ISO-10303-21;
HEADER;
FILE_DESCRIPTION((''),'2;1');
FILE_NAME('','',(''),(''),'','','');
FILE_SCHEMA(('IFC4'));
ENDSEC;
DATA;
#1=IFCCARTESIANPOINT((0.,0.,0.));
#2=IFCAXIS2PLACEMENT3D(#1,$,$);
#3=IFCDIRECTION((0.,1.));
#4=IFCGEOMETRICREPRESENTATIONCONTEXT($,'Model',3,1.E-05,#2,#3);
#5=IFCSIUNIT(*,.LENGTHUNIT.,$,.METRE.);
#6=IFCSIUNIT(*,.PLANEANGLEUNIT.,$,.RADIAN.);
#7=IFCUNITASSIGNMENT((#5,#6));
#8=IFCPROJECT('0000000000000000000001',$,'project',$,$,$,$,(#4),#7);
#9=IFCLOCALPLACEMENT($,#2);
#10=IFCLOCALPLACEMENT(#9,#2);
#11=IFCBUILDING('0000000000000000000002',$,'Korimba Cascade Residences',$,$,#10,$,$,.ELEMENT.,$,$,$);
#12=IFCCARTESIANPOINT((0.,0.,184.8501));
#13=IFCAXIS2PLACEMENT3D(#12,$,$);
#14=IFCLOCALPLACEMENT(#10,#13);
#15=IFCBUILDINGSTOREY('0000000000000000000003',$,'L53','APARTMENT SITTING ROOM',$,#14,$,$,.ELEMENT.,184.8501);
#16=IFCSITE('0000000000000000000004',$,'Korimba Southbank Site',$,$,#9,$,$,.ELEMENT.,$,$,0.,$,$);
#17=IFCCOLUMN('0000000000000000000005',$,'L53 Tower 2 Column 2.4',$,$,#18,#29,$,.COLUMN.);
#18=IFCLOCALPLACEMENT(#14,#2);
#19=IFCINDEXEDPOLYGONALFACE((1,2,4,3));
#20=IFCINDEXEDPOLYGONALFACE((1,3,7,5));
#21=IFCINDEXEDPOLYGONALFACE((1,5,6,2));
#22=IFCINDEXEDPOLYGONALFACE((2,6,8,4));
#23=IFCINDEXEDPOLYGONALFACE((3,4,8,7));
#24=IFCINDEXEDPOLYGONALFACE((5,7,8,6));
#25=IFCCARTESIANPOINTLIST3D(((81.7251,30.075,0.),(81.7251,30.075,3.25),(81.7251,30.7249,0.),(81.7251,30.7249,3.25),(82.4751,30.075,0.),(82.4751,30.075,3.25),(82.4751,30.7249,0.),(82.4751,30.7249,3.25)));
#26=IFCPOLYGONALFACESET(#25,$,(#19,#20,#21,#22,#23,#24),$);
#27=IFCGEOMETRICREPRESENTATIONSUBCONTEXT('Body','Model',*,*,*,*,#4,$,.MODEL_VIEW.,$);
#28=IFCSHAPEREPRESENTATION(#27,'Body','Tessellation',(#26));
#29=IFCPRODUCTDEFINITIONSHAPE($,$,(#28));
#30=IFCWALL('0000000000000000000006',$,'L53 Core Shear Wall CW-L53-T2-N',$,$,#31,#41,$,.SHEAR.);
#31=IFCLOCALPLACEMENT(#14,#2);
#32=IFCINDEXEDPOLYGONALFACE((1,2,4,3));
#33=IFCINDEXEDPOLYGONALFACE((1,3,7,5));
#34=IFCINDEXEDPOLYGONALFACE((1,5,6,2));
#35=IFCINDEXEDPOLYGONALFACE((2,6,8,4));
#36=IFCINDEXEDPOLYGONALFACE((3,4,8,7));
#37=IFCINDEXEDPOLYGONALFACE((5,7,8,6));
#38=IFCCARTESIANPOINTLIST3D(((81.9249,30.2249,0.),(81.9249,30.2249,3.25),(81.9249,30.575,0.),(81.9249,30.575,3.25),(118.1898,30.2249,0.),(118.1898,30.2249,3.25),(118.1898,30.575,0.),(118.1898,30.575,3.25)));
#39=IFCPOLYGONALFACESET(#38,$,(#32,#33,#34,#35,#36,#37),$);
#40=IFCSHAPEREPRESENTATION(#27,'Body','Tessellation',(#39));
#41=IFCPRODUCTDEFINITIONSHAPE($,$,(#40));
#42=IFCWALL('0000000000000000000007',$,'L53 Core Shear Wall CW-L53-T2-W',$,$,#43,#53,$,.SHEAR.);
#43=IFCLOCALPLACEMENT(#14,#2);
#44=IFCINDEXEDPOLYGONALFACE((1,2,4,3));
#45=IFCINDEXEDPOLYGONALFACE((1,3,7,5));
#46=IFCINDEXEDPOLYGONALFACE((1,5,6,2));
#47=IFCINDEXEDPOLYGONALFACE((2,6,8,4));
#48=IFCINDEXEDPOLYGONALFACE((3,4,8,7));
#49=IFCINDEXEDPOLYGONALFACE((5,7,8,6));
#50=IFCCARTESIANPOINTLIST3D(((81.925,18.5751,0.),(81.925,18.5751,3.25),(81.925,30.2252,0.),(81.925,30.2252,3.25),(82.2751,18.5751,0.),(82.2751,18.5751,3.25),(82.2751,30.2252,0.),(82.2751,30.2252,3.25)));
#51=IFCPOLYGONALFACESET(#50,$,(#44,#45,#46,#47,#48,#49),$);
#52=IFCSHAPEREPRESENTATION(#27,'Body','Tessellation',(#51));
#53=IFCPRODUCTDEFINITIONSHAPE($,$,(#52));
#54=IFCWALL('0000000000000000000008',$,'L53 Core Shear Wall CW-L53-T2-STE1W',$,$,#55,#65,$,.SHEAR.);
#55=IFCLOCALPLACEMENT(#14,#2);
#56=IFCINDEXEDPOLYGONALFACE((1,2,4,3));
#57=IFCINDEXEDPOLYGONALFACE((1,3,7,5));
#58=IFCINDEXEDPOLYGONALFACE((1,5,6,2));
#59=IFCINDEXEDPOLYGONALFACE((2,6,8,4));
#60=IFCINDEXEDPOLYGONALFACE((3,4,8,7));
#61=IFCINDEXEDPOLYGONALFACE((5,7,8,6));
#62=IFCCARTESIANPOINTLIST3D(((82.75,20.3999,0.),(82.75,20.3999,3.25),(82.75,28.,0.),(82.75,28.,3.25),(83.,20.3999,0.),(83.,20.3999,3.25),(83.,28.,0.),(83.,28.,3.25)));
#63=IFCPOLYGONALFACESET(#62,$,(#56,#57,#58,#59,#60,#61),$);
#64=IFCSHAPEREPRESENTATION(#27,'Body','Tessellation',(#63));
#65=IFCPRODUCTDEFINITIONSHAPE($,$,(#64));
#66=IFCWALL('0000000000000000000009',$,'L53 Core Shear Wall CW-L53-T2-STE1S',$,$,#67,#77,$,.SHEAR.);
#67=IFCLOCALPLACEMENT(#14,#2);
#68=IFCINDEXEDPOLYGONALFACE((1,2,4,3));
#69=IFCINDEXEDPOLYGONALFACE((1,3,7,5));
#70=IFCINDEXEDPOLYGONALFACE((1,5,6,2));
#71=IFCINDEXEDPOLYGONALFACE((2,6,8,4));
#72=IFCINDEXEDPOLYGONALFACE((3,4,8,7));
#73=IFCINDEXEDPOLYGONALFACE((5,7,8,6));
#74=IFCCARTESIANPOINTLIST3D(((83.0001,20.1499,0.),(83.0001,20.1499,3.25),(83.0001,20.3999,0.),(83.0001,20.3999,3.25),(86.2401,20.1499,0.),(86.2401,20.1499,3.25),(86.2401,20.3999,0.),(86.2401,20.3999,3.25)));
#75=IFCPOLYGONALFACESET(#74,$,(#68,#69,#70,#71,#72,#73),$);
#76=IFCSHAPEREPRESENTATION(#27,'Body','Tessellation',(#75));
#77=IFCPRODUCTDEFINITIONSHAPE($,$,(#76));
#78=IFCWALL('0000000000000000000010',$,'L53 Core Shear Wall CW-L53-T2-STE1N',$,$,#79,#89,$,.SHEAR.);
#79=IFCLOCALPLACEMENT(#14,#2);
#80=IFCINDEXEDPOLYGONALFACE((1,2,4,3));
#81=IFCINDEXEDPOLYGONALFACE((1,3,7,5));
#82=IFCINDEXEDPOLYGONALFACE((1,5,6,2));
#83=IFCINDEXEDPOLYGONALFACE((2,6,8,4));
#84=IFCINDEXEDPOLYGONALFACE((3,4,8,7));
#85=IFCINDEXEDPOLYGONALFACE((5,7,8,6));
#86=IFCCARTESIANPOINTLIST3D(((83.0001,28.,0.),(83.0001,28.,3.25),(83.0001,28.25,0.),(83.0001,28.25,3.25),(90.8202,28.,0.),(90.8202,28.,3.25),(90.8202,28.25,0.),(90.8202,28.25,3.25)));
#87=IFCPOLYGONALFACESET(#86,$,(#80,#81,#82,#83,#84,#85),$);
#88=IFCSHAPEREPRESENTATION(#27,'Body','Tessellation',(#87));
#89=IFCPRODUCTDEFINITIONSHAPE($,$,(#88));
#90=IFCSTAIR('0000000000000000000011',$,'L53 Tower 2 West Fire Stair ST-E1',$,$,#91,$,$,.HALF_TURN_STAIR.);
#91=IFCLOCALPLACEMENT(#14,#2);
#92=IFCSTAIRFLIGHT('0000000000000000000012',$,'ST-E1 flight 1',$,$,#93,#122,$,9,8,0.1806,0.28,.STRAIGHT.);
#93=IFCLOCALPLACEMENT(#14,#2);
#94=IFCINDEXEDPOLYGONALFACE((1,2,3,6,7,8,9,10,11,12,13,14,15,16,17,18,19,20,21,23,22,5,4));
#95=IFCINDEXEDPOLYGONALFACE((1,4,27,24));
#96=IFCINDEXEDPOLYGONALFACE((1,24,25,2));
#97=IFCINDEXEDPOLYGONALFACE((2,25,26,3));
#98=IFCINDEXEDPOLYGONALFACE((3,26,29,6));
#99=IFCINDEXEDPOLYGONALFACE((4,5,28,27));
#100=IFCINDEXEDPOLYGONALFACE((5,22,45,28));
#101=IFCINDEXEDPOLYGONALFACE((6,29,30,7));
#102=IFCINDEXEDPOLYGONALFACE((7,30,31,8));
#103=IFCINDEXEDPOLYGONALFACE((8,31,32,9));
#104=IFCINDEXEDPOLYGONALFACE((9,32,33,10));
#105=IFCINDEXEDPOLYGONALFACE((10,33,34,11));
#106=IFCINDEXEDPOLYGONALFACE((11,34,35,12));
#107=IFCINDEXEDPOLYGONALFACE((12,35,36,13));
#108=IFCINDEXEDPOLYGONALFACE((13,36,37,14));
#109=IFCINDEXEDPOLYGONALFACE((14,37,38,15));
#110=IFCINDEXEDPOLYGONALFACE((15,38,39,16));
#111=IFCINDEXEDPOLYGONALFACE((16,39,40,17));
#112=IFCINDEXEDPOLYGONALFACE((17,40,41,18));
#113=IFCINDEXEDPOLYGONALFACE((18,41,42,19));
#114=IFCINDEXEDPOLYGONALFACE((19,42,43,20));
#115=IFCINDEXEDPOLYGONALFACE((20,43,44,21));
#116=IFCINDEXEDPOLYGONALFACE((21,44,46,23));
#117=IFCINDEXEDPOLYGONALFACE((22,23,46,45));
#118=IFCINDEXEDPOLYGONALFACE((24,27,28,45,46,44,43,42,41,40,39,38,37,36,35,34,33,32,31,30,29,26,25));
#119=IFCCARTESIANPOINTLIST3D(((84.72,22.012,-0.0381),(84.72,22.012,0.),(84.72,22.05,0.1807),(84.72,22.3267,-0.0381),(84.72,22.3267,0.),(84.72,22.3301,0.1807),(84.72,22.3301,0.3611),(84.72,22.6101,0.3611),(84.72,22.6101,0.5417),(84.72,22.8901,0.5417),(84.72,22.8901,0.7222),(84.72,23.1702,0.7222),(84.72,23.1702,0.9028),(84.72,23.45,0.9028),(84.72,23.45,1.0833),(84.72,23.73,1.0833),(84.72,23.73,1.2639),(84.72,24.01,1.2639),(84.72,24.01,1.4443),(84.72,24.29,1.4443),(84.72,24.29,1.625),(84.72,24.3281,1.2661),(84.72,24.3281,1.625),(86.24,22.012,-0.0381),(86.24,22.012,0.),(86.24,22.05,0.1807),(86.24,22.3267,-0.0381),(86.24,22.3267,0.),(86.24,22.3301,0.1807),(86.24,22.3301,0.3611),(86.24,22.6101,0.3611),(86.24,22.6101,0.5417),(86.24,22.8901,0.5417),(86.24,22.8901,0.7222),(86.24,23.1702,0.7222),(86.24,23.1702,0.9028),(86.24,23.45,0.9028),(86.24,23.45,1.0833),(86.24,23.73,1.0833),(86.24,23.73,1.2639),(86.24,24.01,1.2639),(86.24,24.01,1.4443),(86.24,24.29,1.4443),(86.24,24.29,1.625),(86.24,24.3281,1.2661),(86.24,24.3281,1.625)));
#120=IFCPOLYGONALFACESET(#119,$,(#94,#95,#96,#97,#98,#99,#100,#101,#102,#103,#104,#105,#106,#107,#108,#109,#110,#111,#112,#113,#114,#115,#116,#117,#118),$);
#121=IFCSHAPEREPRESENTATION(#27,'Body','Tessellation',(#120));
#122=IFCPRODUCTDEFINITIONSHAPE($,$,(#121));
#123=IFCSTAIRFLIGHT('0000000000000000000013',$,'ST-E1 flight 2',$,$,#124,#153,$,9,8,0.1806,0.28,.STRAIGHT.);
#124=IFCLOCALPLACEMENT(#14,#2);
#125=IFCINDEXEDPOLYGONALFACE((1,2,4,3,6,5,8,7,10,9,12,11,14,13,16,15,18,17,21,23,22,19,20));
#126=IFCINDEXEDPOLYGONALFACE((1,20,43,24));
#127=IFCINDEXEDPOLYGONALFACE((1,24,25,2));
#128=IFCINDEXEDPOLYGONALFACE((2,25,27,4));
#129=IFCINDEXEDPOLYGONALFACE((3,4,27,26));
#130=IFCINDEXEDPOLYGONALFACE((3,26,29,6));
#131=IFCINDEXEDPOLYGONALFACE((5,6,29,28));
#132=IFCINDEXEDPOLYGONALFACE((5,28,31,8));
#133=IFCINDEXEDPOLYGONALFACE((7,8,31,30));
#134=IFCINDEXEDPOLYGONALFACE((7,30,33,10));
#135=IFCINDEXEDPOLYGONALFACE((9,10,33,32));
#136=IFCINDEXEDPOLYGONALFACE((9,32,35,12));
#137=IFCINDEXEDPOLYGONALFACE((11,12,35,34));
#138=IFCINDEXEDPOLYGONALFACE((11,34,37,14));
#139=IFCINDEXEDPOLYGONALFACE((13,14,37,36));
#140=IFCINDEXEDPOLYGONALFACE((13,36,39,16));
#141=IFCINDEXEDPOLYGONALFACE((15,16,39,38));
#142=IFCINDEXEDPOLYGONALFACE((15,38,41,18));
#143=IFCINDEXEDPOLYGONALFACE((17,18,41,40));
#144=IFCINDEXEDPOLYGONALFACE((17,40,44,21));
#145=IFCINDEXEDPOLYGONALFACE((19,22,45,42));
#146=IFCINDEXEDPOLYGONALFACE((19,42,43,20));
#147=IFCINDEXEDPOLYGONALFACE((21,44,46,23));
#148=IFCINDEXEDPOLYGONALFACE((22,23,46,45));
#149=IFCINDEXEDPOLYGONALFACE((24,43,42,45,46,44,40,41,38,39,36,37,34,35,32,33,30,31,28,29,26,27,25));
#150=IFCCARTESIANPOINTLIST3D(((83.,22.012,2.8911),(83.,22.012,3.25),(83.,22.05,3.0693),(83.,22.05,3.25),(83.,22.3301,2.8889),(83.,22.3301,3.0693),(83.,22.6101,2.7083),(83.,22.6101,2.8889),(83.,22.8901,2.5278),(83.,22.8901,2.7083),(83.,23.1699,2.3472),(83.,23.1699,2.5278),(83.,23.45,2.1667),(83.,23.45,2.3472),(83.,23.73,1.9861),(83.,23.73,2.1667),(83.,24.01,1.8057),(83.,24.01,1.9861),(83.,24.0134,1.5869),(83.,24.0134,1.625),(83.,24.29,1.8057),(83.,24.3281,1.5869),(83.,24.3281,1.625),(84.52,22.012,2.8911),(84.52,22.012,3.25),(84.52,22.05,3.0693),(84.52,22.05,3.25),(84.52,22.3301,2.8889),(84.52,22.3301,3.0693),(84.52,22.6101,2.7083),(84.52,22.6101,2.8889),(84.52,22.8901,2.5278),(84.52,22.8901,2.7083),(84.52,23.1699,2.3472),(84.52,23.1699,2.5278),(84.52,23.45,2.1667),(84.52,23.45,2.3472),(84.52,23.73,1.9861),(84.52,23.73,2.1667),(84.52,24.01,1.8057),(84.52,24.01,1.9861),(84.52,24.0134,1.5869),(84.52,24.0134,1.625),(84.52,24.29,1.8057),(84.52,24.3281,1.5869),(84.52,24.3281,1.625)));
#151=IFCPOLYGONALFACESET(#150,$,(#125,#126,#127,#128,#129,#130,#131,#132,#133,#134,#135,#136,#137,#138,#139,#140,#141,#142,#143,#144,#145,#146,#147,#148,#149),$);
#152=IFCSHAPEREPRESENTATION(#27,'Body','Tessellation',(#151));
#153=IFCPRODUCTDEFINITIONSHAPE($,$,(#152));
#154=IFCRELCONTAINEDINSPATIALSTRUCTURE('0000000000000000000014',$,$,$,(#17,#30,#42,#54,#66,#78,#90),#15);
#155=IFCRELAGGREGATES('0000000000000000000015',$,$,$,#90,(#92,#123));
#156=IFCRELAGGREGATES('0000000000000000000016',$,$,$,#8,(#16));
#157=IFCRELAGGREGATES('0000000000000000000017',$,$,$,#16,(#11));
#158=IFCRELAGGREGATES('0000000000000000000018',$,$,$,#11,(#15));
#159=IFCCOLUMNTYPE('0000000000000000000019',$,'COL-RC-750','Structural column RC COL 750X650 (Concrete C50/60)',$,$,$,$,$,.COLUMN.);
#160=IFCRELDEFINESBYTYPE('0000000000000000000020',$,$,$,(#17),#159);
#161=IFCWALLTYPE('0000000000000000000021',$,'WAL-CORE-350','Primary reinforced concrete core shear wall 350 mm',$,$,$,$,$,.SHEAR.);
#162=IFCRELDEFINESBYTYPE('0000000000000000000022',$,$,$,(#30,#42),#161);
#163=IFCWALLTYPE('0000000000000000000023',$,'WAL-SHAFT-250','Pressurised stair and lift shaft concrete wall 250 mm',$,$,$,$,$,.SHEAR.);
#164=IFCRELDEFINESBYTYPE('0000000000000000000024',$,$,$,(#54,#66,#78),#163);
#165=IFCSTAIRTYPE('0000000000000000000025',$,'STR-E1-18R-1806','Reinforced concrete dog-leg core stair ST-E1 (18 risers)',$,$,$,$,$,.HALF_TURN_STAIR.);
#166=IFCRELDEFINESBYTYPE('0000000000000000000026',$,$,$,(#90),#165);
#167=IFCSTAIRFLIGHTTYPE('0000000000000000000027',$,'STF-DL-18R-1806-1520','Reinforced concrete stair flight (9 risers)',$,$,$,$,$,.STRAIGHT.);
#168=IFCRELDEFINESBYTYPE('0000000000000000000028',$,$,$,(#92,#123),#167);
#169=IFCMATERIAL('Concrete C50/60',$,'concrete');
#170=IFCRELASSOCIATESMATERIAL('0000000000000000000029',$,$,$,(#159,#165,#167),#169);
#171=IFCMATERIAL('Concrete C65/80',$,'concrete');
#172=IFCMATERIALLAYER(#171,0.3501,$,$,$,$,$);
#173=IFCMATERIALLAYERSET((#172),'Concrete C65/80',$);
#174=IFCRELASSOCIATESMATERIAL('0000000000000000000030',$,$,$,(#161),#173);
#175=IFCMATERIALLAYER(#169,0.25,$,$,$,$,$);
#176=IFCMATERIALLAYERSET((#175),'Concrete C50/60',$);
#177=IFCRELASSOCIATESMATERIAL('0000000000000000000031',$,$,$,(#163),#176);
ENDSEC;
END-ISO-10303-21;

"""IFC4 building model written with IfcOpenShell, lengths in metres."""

from ifc_helpers import new_model, si_unit, direction, frame, frame_2d, origin, origin_2d, place, context, subcontext, project, spatial, polyline, rectangle, outline, extrude, material, layer, layer_set, material_profile, profile_set, type_object, element, aggregate, save


model = new_model("IFC4")

# Units and contexts
model_context = context("Model", 3, precision=1e-05, world=origin(), true_north=direction((0.0, 1.0)))
body_context = subcontext(model_context, "Body", "Model", "MODEL_VIEW")
ifc_project = project(units=[si_unit("LENGTHUNIT", "METRE"), si_unit("PLANEANGLEUNIT", "RADIAN")], contexts=[model_context])

# Site, building, storey
site_placement = place(None, origin())
site = spatial("IfcSite", under=ifc_project, at=site_placement, Name="Korimba Southbank Site", CompositionType="ELEMENT", RefElevation=0.0)
building_placement = place(site_placement, origin())
building = spatial("IfcBuilding", under=site, at=building_placement, Name="Korimba Cascade Residences", CompositionType="ELEMENT")
storey_placement = place(building_placement, frame((0.0, 0.0, 184.8501)))
storey = spatial("IfcBuildingStorey", under=building, at=storey_placement, Name="L53", Description="APARTMENT SITTING ROOM", CompositionType="ELEMENT", Elevation=184.8501)

# Column
ifc_material_1 = material(Name="Concrete C50/60", Category="concrete")
ifc_material_profile = material_profile(ifc_material_1, rectangle(XDim=0.75, YDim=0.6499, at=origin_2d()), Name="Concrete C50/60")
ifc_profile_set = profile_set([ifc_material_profile], Name="Concrete C50/60")
column_type = type_object("IfcColumnType", Name="COL-RC-750", Description="Structural column RC COL 750X650 (Concrete C50/60)", PredefinedType="COLUMN", material=ifc_profile_set)
column_placement = place(storey_placement, frame((82.1001, 30.3999, 0.0), z_axis=(0.0, 0.0, 1.0), x_axis=(1.0, 0.0, 0.0)))
element("IfcColumn", 1, at=column_placement, inside=storey, type_object=column_type, Name="L53 Tower 2 Column 2.4", PredefinedType="COLUMN", context=body_context, shape_type="SweptSolid", body=[
    extrude(rectangle(XDim=0.75, YDim=0.6499, at=origin_2d()), origin(), (0.0, 0.0, 1.0), 3.25),
])

# Walls
ifc_material_2 = material(Name="Concrete C65/80", Category="concrete")
ifc_layer_1 = layer(ifc_material_2, 0.3501)
ifc_layer_set_1 = layer_set([ifc_layer_1], Name="Concrete C65/80")
wall_type_1 = type_object("IfcWallType", Name="WAL-CORE-350", Description="Primary reinforced concrete core shear wall 350 mm", PredefinedType="SHEAR", material=ifc_layer_set_1)
wall_1_placement = place(storey_placement, frame((81.925, 30.3999, 0.0), z_axis=(0.0, 0.0, 1.0), x_axis=(1.0, 0.0, 0.0)))
element("IfcWall", 2, at=wall_1_placement, inside=storey, type_object=wall_type_1, Name="L53 Core Shear Wall CW-L53-T2-N", PredefinedType="SHEAR", context=body_context, shape_type="SweptSolid", body=[
    extrude(rectangle(XDim=36.2649, YDim=0.3501, at=frame_2d((18.1323, 0.0))), origin(), (0.0, 0.0, 1.0), 3.25),
])
wall_2_placement = place(storey_placement, frame((82.1001, 18.575, 0.0), z_axis=(0.0, 0.0, 1.0), x_axis=(0.0, 1.0, 0.0)))
element("IfcWall", 3, at=wall_2_placement, inside=storey, type_object=wall_type_1, Name="L53 Core Shear Wall CW-L53-T2-W", PredefinedType="SHEAR", context=body_context, shape_type="SweptSolid", body=[
    extrude(rectangle(XDim=11.6501, YDim=0.3501, at=frame_2d((5.8252, 0.0))), origin(), (0.0, 0.0, 1.0), 3.25),
])
ifc_layer_2 = layer(ifc_material_1, 0.25)
ifc_layer_set_2 = layer_set([ifc_layer_2], Name="Concrete C50/60")
wall_type_2 = type_object("IfcWallType", Name="WAL-SHAFT-250", Description="Pressurised stair and lift shaft concrete wall 250 mm", PredefinedType="SHEAR", material=ifc_layer_set_2)
wall_3_placement = place(storey_placement, frame((82.875, 20.3999, 0.0), z_axis=(0.0, 0.0, 1.0), x_axis=(0.0, 1.0, 0.0)))
element("IfcWall", 4, at=wall_3_placement, inside=storey, type_object=wall_type_2, Name="L53 Core Shear Wall CW-L53-T2-STE1W", PredefinedType="SHEAR", context=body_context, shape_type="SweptSolid", body=[
    extrude(rectangle(XDim=7.6001, YDim=0.25, at=frame_2d((3.8, 0.0))), origin(), (0.0, 0.0, 1.0), 3.25),
])
wall_4_placement = place(storey_placement, frame((83.0, 20.2749, 0.0), z_axis=(0.0, 0.0, 1.0), x_axis=(1.0, 0.0, 0.0)))
element("IfcWall", 5, at=wall_4_placement, inside=storey, type_object=wall_type_2, Name="L53 Core Shear Wall CW-L53-T2-STE1S", PredefinedType="SHEAR", context=body_context, shape_type="SweptSolid", body=[
    extrude(rectangle(XDim=3.24, YDim=0.25, at=frame_2d((1.6201, 0.0))), origin(), (0.0, 0.0, 1.0), 3.25),
])
wall_5_placement = place(storey_placement, frame((83.0, 28.125, 0.0), z_axis=(0.0, 0.0, 1.0), x_axis=(1.0, 0.0, 0.0)))
element("IfcWall", 6, at=wall_5_placement, inside=storey, type_object=wall_type_2, Name="L53 Core Shear Wall CW-L53-T2-STE1N", PredefinedType="SHEAR", context=body_context, shape_type="SweptSolid", body=[
    extrude(rectangle(XDim=7.8201, YDim=0.25, at=frame_2d((3.9102, 0.0))), origin(), (0.0, 0.0, 1.0), 3.25),
])

# Stair, stair flights
stair_type = type_object("IfcStairType", Name="STR-E1-18R-1806", Description="Reinforced concrete dog-leg core stair ST-E1 (18 risers)", PredefinedType="HALF_TURN_STAIR", material=ifc_material_1)
stair_placement = place(storey_placement, origin())
stair = element("IfcStair", 7, at=stair_placement, inside=storey, type_object=stair_type, Name="L53 Tower 2 West Fire Stair ST-E1", PredefinedType="HALF_TURN_STAIR")
stair_flight_type = type_object("IfcStairFlightType", Name="STF-DL-18R-1806-1520", Description="Reinforced concrete stair flight (9 risers)", PredefinedType="STRAIGHT", material=ifc_material_1)
stair_flight_1_placement = place(storey_placement, frame((85.48, 22.05, 0.0), z_axis=(0.0, 0.0, 1.0), x_axis=(0.0, 1.0, 0.0)))
stair_flight_1 = element("IfcStairFlight", 8, at=stair_flight_1_placement, type_object=stair_flight_type, Name="ST-E1 flight 1", NumberOfRisers=9, NumberOfTreads=8, PredefinedType="STRAIGHT", RiserHeight=0.1806, TreadLength=0.28, context=body_context, shape_type="SweptSolid", body=[
    extrude(outline(polyline([(-0.0381, 0.0), (0.0, 0.1807), (0.28, 0.1807), (0.28, 0.3611), (0.5601, 0.3611), (0.5601, 0.5417), (0.8401, 0.5417), (0.8401, 0.7222), (1.1201, 0.7222), (1.1201, 0.9028), (1.3999, 0.9028), (1.3999, 1.0833), (1.6799, 1.0833), (1.6799, 1.2639), (1.96, 1.2639), (1.96, 1.4443), (2.24, 1.4443), (2.24, 1.625), (2.2781, 1.625), (2.2781, 1.2661), (0.2766, 0.0), (0.2766, -0.0381), (-0.0381, -0.0381), (-0.0381, 0.0)])), frame((0.0, 0.76, 0.0), z_axis=(0.0, -1.0, 0.0), x_axis=(1.0, 0.0, 0.0)), (0.0, 0.0, 1.0), 1.52),
])
stair_flight_2_placement = place(storey_placement, frame((83.76, 24.29, 1.625), z_axis=(0.0, 0.0, 1.0), x_axis=(0.0, -1.0, 0.0)))
stair_flight_2 = element("IfcStairFlight", 9, at=stair_flight_2_placement, type_object=stair_flight_type, Name="ST-E1 flight 2", NumberOfRisers=9, NumberOfTreads=8, PredefinedType="STRAIGHT", RiserHeight=0.1806, TreadLength=0.28, context=body_context, shape_type="SweptSolid", body=[
    extrude(outline(polyline([(-0.0381, 0.0), (0.0, 0.1807), (0.28, 0.1807), (0.28, 0.3611), (0.5601, 0.3611), (0.5601, 0.5417), (0.8401, 0.5417), (0.8401, 0.7222), (1.1201, 0.7222), (1.1201, 0.9028), (1.3999, 0.9028), (1.3999, 1.0833), (1.6799, 1.0833), (1.6799, 1.2639), (1.96, 1.2639), (1.96, 1.4443), (2.24, 1.4443), (2.24, 1.625), (2.2781, 1.625), (2.2781, 1.2661), (0.2766, 0.0), (0.2766, -0.0381), (-0.0381, -0.0381), (-0.0381, 0.0)])), frame((0.0, 0.76, 0.0), z_axis=(0.0, -1.0, 0.0), x_axis=(1.0, 0.0, 0.0)), (0.0, 0.0, 1.0), 1.52),
])
aggregate(stair, [stair_flight_1, stair_flight_2])

save(model, "model.ifc")
